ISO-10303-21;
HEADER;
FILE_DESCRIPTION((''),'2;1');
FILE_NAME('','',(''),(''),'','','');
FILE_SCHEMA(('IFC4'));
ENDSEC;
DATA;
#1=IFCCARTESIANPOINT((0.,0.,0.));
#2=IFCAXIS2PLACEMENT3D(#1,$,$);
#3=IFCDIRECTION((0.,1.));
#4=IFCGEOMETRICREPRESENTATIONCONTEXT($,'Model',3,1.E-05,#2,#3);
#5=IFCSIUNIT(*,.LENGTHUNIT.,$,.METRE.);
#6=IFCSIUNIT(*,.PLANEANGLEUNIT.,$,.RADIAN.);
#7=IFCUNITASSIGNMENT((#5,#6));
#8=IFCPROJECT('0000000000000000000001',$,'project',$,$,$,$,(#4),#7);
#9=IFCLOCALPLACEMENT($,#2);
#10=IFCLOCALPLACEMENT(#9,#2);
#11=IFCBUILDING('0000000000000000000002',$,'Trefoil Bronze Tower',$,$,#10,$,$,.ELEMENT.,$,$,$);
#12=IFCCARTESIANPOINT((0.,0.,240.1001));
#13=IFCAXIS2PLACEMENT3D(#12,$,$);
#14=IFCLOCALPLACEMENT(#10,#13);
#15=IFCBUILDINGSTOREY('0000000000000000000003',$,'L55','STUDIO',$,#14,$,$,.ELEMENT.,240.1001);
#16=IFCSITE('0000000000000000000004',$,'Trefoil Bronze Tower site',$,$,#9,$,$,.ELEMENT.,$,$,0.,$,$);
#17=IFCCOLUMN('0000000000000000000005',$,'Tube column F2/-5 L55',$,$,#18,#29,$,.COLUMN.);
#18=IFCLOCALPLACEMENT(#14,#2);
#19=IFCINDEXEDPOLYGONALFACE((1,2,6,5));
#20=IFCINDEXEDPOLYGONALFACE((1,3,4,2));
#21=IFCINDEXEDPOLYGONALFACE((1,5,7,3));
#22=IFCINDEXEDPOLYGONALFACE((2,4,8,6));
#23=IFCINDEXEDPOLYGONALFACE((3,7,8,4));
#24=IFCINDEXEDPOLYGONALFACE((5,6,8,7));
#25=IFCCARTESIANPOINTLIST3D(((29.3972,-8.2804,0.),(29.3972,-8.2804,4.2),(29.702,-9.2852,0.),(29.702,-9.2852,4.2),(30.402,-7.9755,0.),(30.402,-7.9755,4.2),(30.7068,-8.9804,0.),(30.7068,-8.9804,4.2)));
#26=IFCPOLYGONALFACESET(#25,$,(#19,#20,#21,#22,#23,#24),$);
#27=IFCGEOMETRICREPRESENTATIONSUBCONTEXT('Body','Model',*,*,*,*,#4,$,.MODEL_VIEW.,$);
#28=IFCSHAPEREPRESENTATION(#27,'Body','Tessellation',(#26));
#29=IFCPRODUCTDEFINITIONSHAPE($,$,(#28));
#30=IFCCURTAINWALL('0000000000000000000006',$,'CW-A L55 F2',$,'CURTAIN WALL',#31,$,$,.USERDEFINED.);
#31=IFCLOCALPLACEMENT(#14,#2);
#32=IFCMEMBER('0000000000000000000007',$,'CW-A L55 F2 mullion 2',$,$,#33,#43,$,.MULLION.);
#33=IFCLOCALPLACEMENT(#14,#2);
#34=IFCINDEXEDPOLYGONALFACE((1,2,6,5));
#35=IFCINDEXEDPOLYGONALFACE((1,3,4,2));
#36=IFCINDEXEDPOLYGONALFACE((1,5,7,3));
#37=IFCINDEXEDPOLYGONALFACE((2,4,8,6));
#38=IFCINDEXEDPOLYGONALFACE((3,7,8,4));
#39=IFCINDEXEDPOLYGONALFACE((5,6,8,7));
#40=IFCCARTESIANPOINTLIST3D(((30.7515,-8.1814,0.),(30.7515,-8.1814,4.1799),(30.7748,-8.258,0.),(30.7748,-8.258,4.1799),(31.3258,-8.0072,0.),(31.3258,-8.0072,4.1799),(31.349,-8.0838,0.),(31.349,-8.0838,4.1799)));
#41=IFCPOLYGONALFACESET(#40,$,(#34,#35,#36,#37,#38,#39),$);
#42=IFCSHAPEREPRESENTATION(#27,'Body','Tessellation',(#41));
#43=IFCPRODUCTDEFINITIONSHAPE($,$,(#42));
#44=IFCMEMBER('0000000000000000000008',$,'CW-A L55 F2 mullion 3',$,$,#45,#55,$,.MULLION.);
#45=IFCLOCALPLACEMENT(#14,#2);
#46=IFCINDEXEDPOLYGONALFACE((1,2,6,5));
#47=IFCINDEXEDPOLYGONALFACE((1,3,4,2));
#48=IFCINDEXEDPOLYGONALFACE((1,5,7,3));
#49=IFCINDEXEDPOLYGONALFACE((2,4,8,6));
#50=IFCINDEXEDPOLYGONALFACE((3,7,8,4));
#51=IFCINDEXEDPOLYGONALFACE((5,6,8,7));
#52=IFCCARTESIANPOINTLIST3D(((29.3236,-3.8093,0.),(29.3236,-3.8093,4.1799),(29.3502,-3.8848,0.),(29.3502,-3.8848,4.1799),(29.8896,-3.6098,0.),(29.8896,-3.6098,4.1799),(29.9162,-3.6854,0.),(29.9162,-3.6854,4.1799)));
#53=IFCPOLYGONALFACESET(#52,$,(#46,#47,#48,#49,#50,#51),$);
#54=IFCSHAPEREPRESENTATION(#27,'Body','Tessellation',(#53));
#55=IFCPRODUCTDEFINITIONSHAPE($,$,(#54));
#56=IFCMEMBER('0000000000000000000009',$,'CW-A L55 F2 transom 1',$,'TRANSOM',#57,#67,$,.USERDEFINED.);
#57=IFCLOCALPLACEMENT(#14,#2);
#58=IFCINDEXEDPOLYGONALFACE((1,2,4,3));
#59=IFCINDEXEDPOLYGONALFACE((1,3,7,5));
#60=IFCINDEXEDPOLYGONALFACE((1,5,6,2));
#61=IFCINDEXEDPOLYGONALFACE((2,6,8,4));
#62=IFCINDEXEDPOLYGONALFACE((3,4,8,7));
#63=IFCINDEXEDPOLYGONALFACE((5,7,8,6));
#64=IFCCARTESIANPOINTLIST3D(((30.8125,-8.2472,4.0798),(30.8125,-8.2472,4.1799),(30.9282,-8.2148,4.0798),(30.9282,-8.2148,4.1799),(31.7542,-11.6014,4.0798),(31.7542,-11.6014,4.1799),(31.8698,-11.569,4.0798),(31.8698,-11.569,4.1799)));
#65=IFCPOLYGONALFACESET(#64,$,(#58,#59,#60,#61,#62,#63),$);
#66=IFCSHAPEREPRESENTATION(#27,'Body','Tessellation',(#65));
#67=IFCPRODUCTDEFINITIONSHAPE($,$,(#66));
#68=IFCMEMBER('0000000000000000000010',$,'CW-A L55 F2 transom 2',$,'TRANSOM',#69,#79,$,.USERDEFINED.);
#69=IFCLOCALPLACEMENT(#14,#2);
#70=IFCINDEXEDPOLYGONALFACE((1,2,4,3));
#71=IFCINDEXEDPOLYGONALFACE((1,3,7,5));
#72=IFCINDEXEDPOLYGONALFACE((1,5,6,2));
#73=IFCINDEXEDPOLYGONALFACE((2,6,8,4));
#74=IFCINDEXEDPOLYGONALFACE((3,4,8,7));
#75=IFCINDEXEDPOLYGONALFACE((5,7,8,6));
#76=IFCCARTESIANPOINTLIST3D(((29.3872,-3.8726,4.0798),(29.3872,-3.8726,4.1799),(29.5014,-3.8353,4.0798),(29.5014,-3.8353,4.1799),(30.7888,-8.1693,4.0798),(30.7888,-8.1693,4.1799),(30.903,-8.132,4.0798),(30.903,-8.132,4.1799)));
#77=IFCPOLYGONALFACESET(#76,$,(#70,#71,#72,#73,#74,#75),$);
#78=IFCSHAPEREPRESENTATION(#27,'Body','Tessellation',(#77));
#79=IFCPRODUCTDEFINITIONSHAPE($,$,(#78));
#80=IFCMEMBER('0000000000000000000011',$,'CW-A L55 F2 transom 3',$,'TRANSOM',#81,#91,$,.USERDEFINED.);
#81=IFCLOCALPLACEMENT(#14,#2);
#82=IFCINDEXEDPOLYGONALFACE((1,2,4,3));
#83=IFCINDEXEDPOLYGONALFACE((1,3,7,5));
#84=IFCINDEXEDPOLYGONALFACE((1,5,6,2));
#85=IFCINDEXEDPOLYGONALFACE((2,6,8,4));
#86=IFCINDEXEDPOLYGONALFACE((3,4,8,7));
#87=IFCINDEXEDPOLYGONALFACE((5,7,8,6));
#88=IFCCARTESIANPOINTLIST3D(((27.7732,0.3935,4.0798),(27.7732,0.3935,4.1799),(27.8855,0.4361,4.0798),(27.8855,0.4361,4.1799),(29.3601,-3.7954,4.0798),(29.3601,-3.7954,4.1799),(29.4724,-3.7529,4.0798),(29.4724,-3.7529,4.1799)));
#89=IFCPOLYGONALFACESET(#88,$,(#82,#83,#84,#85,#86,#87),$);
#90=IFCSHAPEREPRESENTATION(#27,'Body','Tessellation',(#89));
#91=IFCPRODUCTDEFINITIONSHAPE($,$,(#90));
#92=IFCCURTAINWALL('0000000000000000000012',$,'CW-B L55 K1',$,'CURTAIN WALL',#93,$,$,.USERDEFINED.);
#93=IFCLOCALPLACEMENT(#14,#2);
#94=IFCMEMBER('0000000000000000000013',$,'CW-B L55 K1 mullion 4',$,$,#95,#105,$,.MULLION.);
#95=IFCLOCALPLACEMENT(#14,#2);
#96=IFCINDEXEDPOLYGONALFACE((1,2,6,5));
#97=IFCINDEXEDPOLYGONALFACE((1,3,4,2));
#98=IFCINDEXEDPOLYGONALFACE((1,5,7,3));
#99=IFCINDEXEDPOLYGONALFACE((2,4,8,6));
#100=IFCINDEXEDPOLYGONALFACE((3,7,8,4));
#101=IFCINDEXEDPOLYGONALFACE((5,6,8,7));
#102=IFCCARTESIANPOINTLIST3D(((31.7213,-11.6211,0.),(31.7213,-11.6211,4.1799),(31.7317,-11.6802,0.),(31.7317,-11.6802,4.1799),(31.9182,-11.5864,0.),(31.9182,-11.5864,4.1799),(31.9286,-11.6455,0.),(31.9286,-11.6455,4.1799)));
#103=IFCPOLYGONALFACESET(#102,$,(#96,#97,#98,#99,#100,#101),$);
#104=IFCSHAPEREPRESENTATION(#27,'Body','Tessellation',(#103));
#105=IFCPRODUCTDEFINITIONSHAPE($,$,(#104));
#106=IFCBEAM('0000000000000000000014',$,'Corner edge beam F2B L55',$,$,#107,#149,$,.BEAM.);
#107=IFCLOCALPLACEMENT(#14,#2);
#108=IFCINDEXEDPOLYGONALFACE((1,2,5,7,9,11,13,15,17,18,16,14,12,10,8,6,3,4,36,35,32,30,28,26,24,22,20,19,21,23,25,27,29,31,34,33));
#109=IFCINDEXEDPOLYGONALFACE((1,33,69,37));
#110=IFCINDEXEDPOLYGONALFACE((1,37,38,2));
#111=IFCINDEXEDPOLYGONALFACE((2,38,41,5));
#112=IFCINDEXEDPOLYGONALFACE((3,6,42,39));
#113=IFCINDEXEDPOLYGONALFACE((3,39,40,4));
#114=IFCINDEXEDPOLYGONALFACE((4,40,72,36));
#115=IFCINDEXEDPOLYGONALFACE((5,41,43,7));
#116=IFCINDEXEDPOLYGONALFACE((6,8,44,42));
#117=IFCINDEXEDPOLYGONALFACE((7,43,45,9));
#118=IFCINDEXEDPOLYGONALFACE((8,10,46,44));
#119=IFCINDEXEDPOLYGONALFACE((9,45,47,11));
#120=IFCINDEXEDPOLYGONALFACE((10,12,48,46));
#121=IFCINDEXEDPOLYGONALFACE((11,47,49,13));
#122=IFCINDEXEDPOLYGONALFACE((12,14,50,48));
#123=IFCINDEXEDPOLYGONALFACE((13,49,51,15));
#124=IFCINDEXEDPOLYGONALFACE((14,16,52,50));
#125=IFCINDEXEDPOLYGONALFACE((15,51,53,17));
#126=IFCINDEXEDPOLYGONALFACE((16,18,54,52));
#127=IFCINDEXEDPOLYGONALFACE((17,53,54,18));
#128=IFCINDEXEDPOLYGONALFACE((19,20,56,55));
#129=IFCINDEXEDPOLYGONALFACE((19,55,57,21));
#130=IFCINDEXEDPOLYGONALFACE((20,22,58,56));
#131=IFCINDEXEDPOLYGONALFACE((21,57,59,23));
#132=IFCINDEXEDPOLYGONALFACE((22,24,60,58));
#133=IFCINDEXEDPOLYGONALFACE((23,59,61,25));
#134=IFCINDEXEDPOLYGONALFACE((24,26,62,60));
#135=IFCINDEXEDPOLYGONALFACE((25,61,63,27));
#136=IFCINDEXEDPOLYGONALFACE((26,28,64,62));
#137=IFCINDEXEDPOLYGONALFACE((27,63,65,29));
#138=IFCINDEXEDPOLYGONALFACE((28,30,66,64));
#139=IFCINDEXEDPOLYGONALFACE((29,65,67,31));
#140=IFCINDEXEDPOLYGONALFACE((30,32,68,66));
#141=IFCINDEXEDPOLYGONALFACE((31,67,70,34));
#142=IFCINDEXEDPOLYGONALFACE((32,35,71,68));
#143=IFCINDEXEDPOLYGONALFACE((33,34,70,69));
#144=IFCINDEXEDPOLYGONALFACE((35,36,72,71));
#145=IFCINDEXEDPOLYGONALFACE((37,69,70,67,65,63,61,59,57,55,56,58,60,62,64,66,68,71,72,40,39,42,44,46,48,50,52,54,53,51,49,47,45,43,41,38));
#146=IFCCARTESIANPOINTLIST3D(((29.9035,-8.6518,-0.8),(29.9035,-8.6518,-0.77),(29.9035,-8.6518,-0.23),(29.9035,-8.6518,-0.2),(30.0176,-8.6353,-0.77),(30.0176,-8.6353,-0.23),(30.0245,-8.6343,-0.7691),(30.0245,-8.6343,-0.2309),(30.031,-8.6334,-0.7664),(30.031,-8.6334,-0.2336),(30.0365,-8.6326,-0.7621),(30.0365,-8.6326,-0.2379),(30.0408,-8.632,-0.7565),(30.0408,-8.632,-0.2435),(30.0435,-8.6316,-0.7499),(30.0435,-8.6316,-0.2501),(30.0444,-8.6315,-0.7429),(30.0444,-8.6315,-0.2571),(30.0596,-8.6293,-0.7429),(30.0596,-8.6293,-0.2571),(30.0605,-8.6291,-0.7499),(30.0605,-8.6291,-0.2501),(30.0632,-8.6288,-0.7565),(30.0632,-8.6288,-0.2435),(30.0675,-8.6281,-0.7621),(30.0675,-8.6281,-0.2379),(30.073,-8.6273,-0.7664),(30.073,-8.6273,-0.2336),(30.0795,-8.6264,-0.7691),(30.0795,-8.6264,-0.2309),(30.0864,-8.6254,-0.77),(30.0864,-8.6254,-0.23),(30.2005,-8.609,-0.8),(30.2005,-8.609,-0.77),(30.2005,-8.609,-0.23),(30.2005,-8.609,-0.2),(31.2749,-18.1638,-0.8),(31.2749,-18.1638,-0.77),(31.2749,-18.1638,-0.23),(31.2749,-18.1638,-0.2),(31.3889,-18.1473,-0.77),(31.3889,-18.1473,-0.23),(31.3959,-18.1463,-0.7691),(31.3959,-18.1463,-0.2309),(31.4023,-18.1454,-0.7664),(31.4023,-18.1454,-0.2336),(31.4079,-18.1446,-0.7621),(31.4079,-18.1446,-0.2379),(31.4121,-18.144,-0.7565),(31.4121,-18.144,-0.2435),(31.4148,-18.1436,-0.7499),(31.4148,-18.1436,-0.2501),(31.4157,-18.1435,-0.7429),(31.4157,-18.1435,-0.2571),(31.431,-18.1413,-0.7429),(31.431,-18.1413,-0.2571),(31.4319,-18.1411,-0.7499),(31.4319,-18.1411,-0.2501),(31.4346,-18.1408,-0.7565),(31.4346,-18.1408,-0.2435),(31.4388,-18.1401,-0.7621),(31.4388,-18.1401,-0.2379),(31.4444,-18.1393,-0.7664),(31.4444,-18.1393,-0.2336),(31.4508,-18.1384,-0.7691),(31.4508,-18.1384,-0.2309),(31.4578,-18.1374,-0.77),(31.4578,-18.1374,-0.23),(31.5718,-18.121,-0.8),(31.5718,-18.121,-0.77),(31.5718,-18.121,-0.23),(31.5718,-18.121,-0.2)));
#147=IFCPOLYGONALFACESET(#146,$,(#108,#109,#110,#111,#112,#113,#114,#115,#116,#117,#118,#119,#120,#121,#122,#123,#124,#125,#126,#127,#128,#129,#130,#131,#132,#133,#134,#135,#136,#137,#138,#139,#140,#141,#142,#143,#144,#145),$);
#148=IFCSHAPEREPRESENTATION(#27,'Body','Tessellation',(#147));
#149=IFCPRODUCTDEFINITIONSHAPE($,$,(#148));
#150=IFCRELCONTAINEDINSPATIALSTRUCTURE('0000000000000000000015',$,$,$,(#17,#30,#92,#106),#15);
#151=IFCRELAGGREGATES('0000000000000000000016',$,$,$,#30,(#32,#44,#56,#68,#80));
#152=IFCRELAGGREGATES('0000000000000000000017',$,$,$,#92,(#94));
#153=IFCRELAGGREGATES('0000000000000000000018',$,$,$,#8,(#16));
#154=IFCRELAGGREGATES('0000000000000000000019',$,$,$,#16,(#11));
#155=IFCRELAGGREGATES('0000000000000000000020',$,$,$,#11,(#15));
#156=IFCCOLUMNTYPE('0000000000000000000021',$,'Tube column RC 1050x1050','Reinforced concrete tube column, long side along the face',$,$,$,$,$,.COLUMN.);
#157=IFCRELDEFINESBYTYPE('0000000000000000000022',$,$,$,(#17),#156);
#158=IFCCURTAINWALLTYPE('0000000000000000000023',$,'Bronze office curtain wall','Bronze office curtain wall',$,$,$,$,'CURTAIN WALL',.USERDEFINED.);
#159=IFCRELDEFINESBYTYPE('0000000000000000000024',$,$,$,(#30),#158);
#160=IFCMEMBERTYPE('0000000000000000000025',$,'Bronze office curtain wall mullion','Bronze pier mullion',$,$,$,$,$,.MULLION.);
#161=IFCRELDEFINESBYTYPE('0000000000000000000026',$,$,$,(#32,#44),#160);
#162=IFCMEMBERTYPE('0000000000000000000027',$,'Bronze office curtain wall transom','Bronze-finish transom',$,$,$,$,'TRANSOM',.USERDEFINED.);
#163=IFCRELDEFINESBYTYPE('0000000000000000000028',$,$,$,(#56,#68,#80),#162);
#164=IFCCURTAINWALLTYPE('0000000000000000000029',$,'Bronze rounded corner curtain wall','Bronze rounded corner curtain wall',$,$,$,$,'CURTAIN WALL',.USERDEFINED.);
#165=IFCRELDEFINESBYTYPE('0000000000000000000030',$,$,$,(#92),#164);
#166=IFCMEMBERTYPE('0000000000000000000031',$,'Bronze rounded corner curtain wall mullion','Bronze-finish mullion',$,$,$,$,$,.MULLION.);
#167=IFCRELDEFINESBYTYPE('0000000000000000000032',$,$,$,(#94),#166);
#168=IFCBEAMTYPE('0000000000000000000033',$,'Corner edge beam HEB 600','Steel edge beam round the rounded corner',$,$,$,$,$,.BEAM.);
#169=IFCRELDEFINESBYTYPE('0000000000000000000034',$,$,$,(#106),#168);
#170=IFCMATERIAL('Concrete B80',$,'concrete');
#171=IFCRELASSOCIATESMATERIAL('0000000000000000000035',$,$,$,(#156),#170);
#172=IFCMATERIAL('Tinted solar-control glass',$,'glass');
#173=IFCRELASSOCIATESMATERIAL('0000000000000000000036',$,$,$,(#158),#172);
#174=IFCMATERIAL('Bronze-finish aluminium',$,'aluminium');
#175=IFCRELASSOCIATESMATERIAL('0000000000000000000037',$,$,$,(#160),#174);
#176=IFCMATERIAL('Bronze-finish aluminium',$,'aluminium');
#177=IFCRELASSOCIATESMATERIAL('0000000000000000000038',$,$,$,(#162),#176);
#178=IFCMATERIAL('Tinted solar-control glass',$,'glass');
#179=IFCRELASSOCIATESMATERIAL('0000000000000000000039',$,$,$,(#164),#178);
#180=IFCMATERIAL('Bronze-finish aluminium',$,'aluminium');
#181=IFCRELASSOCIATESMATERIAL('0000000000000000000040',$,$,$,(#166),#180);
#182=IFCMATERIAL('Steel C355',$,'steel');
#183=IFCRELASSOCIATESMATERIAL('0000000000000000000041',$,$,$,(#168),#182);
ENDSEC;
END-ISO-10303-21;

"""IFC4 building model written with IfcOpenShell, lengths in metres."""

from ifc_helpers import new_model, si_unit, direction, frame, origin, origin_2d, place, context, subcontext, project, spatial, rectangle, i_section, extrude, material, material_profile, profile_set, type_object, element, aggregate, save


model = new_model("IFC4")

# Units and contexts
model_context = context("Model", 3, precision=1e-05, world=origin(), true_north=direction((0.0, 1.0)))
body_context = subcontext(model_context, "Body", "Model", "MODEL_VIEW")
ifc_project = project(units=[si_unit("LENGTHUNIT", "METRE"), si_unit("PLANEANGLEUNIT", "RADIAN")], contexts=[model_context])

# Site, building, storey
site_placement = place(None, origin())
site = spatial("IfcSite", under=ifc_project, at=site_placement, Name="Trefoil Bronze Tower site", CompositionType="ELEMENT", RefElevation=0.0)
building_placement = place(site_placement, origin())
building = spatial("IfcBuilding", under=site, at=building_placement, Name="Trefoil Bronze Tower", CompositionType="ELEMENT")
storey_placement = place(building_placement, frame((0.0, 0.0, 240.1001)))
storey = spatial("IfcBuildingStorey", under=building, at=storey_placement, Name="L55", Description="STUDIO", CompositionType="ELEMENT", Elevation=240.1001)

# Column
ifc_material_1 = material(Name="Concrete B80", Category="concrete")
ifc_material_profile_1 = material_profile(ifc_material_1, rectangle(XDim=1.05, YDim=1.05, at=origin_2d()), Name="RC 1050x1050")
ifc_profile_set_1 = profile_set([ifc_material_profile_1], Name="Concrete B80")
column_type = type_object("IfcColumnType", Name="Tube column RC 1050x1050", Description="Reinforced concrete tube column, long side along the face", PredefinedType="COLUMN", material=ifc_profile_set_1)
column_placement = place(storey_placement, frame((30.052, -8.6304, 0.0), z_axis=(0.0, 0.0, 1.0), x_axis=(-0.290278, 0.956942, 0.0)))
element("IfcColumn", 1, at=column_placement, inside=storey, type_object=column_type, Name="Tube column F2/-5 L55", PredefinedType="COLUMN", context=body_context, shape_type="SweptSolid", body=[
    extrude(rectangle(XDim=1.05, YDim=1.05, at=origin_2d()), origin(), (0.0, 0.0, 1.0), 4.2),
])

# Curtain wall, members
ifc_material_2 = material(Name="Tinted solar-control glass", Category="glass")
curtain_wall_type_1 = type_object("IfcCurtainWallType", Name="Bronze office curtain wall", Description="Bronze office curtain wall", ElementType="CURTAIN WALL", PredefinedType="USERDEFINED", material=ifc_material_2)
curtain_wall_1_placement = place(storey_placement, origin())
curtain_wall_1 = element("IfcCurtainWall", 2, at=curtain_wall_1_placement, inside=storey, type_object=curtain_wall_type_1, Name="CW-A L55 F2", ObjectType="CURTAIN WALL", PredefinedType="USERDEFINED")
ifc_material_3 = material(Name="Bronze-finish aluminium", Category="aluminium")
ifc_material_profile_2 = material_profile(ifc_material_3, rectangle(XDim=0.6001, YDim=0.0801, at=origin_2d()), Name="CW-A mullion")
ifc_profile_set_2 = profile_set([ifc_material_profile_2], Name="Bronze-finish aluminium")
member_type_1 = type_object("IfcMemberType", Name="Bronze office curtain wall mullion", Description="Bronze pier mullion", PredefinedType="MULLION", material=ifc_profile_set_2)
member_1_placement = place(storey_placement, frame((31.0503, -8.1326, 0.0), z_axis=(0.0, 0.0, 1.0), x_axis=(-0.956942, -0.290278, 0.0)))
member_1 = element("IfcMember", 3, at=member_1_placement, type_object=member_type_1, Name="CW-A L55 F2 mullion 2", PredefinedType="MULLION", context=body_context, shape_type="SweptSolid", body=[
    extrude(rectangle(XDim=0.6001, YDim=0.0801, at=origin_2d()), origin(), (0.0, 0.0, 1.0), 4.1799),
])
member_2_placement = place(storey_placement, frame((29.6199, -3.7473, 0.0), z_axis=(0.0, 0.0, 1.0), x_axis=(-0.94318, -0.332282, 0.0)))
member_2 = element("IfcMember", 4, at=member_2_placement, type_object=member_type_1, Name="CW-A L55 F2 mullion 3", PredefinedType="MULLION", context=body_context, shape_type="SweptSolid", body=[
    extrude(rectangle(XDim=0.6001, YDim=0.0801, at=origin_2d()), origin(), (0.0, 0.0, 1.0), 4.1799),
])
ifc_material_4 = material(Name="Bronze-finish aluminium", Category="aluminium")
ifc_material_profile_3 = material_profile(ifc_material_4, rectangle(XDim=0.1201, YDim=0.1001, at=origin_2d()), Name="CW-A transom")
ifc_profile_set_3 = profile_set([ifc_material_profile_3], Name="Bronze-finish aluminium")
member_type_2 = type_object("IfcMemberType", Name="Bronze office curtain wall transom", Description="Bronze-finish transom", ElementType="TRANSOM", PredefinedType="USERDEFINED", material=ifc_profile_set_3)
member_3_placement = place(storey_placement, frame((31.812, -11.5852, 4.1299), z_axis=(-0.270285, 0.96278, 0.0), x_axis=(-0.96278, -0.270285, 0.0)))
member_3 = element("IfcMember", 5, at=member_3_placement, type_object=member_type_2, Name="CW-A L55 F2 transom 1", ObjectType="TRANSOM", PredefinedType="USERDEFINED", context=body_context, shape_type="SweptSolid", body=[
    extrude(rectangle(XDim=0.1201, YDim=0.1001, at=origin_2d()), origin(), (0.0, 0.0, 1.0), 3.4839),
])
member_4_placement = place(storey_placement, frame((30.8459, -8.1506, 4.1299), z_axis=(-0.310128, 0.950695, 0.0), x_axis=(-0.950695, -0.310128, 0.0)))
member_4 = element("IfcMember", 6, at=member_4_placement, type_object=member_type_2, Name="CW-A L55 F2 transom 2", ObjectType="TRANSOM", PredefinedType="USERDEFINED", context=body_context, shape_type="SweptSolid", body=[
    extrude(rectangle(XDim=0.1201, YDim=0.1001, at=origin_2d()), origin(), (0.0, 0.0, 1.0), 4.5195),
])
member_5_placement = place(storey_placement, frame((29.4163, -3.7742, 4.1299), z_axis=(-0.354263, 0.935146, 0.0), x_axis=(-0.935146, -0.354263, 0.0)))
member_5 = element("IfcMember", 7, at=member_5_placement, type_object=member_type_2, Name="CW-A L55 F2 transom 3", ObjectType="TRANSOM", PredefinedType="USERDEFINED", context=body_context, shape_type="SweptSolid", body=[
    extrude(rectangle(XDim=0.1201, YDim=0.1001, at=origin_2d()), origin(), (0.0, 0.0, 1.0), 4.4795),
])

# Curtain wall, member
ifc_material_5 = material(Name="Tinted solar-control glass", Category="glass")
curtain_wall_type_2 = type_object("IfcCurtainWallType", Name="Bronze rounded corner curtain wall", Description="Bronze rounded corner curtain wall", ElementType="CURTAIN WALL", PredefinedType="USERDEFINED", material=ifc_material_5)
curtain_wall_2_placement = place(storey_placement, origin())
curtain_wall_2 = element("IfcCurtainWall", 8, at=curtain_wall_2_placement, inside=storey, type_object=curtain_wall_type_2, Name="CW-B L55 K1", ObjectType="CURTAIN WALL", PredefinedType="USERDEFINED")
ifc_material_6 = material(Name="Bronze-finish aluminium", Category="aluminium")
ifc_material_profile_4 = material_profile(ifc_material_6, rectangle(XDim=0.2, YDim=0.0601, at=origin_2d()), Name="CW-B mullion")
ifc_profile_set_4 = profile_set([ifc_material_profile_4], Name="Bronze-finish aluminium")
member_type_3 = type_object("IfcMemberType", Name="Bronze rounded corner curtain wall mullion", Description="Bronze-finish mullion", PredefinedType="MULLION", material=ifc_profile_set_4)
member_6_placement = place(storey_placement, frame((31.825, -11.6333, 0.0), z_axis=(0.0, 0.0, 1.0), x_axis=(-0.984808, -0.173648, 0.0)))
member_6 = element("IfcMember", 9, at=member_6_placement, type_object=member_type_3, Name="CW-B L55 K1 mullion 4", PredefinedType="MULLION", context=body_context, shape_type="SweptSolid", body=[
    extrude(rectangle(XDim=0.2, YDim=0.0601, at=origin_2d()), origin(), (0.0, 0.0, 1.0), 4.1799),
])

# Beam
ifc_material_7 = material(Name="Steel C355", Category="steel")
ifc_material_profile_5 = material_profile(ifc_material_7, i_section(OverallWidth=0.3, OverallDepth=0.6001, WebThickness=0.0154, FlangeThickness=0.03, FilletRadius=0.0271, at=origin_2d()), Name="HEB 600")
ifc_profile_set_5 = profile_set([ifc_material_profile_5], Name="Steel C355")
beam_type_1 = type_object("IfcBeamType", Name="Corner edge beam HEB 600", Description="Steel edge beam round the rounded corner", PredefinedType="BEAM", material=ifc_profile_set_5)
beam_1_placement = place(storey_placement, frame((30.052, -8.6304, -0.5), z_axis=(0.142694, -0.989767, 0.0), x_axis=(0.989767, 0.142694, 0.0)))
element("IfcBeam", 10, at=beam_1_placement, inside=storey, type_object=beam_type_1, Name="Corner edge beam F2B L55", PredefinedType="BEAM", context=body_context, shape_type="SweptSolid", body=[
    extrude(i_section(OverallWidth=0.3, OverallDepth=0.6001, WebThickness=0.0154, FlangeThickness=0.03, FilletRadius=0.0271, at=origin_2d()), origin(), (0.0, 0.0, 1.0), 9.6104),
])

aggregate(curtain_wall_1, [member_1, member_2, member_3, member_4, member_5])
aggregate(curtain_wall_2, [member_6])

save(model, "model.ifc")
